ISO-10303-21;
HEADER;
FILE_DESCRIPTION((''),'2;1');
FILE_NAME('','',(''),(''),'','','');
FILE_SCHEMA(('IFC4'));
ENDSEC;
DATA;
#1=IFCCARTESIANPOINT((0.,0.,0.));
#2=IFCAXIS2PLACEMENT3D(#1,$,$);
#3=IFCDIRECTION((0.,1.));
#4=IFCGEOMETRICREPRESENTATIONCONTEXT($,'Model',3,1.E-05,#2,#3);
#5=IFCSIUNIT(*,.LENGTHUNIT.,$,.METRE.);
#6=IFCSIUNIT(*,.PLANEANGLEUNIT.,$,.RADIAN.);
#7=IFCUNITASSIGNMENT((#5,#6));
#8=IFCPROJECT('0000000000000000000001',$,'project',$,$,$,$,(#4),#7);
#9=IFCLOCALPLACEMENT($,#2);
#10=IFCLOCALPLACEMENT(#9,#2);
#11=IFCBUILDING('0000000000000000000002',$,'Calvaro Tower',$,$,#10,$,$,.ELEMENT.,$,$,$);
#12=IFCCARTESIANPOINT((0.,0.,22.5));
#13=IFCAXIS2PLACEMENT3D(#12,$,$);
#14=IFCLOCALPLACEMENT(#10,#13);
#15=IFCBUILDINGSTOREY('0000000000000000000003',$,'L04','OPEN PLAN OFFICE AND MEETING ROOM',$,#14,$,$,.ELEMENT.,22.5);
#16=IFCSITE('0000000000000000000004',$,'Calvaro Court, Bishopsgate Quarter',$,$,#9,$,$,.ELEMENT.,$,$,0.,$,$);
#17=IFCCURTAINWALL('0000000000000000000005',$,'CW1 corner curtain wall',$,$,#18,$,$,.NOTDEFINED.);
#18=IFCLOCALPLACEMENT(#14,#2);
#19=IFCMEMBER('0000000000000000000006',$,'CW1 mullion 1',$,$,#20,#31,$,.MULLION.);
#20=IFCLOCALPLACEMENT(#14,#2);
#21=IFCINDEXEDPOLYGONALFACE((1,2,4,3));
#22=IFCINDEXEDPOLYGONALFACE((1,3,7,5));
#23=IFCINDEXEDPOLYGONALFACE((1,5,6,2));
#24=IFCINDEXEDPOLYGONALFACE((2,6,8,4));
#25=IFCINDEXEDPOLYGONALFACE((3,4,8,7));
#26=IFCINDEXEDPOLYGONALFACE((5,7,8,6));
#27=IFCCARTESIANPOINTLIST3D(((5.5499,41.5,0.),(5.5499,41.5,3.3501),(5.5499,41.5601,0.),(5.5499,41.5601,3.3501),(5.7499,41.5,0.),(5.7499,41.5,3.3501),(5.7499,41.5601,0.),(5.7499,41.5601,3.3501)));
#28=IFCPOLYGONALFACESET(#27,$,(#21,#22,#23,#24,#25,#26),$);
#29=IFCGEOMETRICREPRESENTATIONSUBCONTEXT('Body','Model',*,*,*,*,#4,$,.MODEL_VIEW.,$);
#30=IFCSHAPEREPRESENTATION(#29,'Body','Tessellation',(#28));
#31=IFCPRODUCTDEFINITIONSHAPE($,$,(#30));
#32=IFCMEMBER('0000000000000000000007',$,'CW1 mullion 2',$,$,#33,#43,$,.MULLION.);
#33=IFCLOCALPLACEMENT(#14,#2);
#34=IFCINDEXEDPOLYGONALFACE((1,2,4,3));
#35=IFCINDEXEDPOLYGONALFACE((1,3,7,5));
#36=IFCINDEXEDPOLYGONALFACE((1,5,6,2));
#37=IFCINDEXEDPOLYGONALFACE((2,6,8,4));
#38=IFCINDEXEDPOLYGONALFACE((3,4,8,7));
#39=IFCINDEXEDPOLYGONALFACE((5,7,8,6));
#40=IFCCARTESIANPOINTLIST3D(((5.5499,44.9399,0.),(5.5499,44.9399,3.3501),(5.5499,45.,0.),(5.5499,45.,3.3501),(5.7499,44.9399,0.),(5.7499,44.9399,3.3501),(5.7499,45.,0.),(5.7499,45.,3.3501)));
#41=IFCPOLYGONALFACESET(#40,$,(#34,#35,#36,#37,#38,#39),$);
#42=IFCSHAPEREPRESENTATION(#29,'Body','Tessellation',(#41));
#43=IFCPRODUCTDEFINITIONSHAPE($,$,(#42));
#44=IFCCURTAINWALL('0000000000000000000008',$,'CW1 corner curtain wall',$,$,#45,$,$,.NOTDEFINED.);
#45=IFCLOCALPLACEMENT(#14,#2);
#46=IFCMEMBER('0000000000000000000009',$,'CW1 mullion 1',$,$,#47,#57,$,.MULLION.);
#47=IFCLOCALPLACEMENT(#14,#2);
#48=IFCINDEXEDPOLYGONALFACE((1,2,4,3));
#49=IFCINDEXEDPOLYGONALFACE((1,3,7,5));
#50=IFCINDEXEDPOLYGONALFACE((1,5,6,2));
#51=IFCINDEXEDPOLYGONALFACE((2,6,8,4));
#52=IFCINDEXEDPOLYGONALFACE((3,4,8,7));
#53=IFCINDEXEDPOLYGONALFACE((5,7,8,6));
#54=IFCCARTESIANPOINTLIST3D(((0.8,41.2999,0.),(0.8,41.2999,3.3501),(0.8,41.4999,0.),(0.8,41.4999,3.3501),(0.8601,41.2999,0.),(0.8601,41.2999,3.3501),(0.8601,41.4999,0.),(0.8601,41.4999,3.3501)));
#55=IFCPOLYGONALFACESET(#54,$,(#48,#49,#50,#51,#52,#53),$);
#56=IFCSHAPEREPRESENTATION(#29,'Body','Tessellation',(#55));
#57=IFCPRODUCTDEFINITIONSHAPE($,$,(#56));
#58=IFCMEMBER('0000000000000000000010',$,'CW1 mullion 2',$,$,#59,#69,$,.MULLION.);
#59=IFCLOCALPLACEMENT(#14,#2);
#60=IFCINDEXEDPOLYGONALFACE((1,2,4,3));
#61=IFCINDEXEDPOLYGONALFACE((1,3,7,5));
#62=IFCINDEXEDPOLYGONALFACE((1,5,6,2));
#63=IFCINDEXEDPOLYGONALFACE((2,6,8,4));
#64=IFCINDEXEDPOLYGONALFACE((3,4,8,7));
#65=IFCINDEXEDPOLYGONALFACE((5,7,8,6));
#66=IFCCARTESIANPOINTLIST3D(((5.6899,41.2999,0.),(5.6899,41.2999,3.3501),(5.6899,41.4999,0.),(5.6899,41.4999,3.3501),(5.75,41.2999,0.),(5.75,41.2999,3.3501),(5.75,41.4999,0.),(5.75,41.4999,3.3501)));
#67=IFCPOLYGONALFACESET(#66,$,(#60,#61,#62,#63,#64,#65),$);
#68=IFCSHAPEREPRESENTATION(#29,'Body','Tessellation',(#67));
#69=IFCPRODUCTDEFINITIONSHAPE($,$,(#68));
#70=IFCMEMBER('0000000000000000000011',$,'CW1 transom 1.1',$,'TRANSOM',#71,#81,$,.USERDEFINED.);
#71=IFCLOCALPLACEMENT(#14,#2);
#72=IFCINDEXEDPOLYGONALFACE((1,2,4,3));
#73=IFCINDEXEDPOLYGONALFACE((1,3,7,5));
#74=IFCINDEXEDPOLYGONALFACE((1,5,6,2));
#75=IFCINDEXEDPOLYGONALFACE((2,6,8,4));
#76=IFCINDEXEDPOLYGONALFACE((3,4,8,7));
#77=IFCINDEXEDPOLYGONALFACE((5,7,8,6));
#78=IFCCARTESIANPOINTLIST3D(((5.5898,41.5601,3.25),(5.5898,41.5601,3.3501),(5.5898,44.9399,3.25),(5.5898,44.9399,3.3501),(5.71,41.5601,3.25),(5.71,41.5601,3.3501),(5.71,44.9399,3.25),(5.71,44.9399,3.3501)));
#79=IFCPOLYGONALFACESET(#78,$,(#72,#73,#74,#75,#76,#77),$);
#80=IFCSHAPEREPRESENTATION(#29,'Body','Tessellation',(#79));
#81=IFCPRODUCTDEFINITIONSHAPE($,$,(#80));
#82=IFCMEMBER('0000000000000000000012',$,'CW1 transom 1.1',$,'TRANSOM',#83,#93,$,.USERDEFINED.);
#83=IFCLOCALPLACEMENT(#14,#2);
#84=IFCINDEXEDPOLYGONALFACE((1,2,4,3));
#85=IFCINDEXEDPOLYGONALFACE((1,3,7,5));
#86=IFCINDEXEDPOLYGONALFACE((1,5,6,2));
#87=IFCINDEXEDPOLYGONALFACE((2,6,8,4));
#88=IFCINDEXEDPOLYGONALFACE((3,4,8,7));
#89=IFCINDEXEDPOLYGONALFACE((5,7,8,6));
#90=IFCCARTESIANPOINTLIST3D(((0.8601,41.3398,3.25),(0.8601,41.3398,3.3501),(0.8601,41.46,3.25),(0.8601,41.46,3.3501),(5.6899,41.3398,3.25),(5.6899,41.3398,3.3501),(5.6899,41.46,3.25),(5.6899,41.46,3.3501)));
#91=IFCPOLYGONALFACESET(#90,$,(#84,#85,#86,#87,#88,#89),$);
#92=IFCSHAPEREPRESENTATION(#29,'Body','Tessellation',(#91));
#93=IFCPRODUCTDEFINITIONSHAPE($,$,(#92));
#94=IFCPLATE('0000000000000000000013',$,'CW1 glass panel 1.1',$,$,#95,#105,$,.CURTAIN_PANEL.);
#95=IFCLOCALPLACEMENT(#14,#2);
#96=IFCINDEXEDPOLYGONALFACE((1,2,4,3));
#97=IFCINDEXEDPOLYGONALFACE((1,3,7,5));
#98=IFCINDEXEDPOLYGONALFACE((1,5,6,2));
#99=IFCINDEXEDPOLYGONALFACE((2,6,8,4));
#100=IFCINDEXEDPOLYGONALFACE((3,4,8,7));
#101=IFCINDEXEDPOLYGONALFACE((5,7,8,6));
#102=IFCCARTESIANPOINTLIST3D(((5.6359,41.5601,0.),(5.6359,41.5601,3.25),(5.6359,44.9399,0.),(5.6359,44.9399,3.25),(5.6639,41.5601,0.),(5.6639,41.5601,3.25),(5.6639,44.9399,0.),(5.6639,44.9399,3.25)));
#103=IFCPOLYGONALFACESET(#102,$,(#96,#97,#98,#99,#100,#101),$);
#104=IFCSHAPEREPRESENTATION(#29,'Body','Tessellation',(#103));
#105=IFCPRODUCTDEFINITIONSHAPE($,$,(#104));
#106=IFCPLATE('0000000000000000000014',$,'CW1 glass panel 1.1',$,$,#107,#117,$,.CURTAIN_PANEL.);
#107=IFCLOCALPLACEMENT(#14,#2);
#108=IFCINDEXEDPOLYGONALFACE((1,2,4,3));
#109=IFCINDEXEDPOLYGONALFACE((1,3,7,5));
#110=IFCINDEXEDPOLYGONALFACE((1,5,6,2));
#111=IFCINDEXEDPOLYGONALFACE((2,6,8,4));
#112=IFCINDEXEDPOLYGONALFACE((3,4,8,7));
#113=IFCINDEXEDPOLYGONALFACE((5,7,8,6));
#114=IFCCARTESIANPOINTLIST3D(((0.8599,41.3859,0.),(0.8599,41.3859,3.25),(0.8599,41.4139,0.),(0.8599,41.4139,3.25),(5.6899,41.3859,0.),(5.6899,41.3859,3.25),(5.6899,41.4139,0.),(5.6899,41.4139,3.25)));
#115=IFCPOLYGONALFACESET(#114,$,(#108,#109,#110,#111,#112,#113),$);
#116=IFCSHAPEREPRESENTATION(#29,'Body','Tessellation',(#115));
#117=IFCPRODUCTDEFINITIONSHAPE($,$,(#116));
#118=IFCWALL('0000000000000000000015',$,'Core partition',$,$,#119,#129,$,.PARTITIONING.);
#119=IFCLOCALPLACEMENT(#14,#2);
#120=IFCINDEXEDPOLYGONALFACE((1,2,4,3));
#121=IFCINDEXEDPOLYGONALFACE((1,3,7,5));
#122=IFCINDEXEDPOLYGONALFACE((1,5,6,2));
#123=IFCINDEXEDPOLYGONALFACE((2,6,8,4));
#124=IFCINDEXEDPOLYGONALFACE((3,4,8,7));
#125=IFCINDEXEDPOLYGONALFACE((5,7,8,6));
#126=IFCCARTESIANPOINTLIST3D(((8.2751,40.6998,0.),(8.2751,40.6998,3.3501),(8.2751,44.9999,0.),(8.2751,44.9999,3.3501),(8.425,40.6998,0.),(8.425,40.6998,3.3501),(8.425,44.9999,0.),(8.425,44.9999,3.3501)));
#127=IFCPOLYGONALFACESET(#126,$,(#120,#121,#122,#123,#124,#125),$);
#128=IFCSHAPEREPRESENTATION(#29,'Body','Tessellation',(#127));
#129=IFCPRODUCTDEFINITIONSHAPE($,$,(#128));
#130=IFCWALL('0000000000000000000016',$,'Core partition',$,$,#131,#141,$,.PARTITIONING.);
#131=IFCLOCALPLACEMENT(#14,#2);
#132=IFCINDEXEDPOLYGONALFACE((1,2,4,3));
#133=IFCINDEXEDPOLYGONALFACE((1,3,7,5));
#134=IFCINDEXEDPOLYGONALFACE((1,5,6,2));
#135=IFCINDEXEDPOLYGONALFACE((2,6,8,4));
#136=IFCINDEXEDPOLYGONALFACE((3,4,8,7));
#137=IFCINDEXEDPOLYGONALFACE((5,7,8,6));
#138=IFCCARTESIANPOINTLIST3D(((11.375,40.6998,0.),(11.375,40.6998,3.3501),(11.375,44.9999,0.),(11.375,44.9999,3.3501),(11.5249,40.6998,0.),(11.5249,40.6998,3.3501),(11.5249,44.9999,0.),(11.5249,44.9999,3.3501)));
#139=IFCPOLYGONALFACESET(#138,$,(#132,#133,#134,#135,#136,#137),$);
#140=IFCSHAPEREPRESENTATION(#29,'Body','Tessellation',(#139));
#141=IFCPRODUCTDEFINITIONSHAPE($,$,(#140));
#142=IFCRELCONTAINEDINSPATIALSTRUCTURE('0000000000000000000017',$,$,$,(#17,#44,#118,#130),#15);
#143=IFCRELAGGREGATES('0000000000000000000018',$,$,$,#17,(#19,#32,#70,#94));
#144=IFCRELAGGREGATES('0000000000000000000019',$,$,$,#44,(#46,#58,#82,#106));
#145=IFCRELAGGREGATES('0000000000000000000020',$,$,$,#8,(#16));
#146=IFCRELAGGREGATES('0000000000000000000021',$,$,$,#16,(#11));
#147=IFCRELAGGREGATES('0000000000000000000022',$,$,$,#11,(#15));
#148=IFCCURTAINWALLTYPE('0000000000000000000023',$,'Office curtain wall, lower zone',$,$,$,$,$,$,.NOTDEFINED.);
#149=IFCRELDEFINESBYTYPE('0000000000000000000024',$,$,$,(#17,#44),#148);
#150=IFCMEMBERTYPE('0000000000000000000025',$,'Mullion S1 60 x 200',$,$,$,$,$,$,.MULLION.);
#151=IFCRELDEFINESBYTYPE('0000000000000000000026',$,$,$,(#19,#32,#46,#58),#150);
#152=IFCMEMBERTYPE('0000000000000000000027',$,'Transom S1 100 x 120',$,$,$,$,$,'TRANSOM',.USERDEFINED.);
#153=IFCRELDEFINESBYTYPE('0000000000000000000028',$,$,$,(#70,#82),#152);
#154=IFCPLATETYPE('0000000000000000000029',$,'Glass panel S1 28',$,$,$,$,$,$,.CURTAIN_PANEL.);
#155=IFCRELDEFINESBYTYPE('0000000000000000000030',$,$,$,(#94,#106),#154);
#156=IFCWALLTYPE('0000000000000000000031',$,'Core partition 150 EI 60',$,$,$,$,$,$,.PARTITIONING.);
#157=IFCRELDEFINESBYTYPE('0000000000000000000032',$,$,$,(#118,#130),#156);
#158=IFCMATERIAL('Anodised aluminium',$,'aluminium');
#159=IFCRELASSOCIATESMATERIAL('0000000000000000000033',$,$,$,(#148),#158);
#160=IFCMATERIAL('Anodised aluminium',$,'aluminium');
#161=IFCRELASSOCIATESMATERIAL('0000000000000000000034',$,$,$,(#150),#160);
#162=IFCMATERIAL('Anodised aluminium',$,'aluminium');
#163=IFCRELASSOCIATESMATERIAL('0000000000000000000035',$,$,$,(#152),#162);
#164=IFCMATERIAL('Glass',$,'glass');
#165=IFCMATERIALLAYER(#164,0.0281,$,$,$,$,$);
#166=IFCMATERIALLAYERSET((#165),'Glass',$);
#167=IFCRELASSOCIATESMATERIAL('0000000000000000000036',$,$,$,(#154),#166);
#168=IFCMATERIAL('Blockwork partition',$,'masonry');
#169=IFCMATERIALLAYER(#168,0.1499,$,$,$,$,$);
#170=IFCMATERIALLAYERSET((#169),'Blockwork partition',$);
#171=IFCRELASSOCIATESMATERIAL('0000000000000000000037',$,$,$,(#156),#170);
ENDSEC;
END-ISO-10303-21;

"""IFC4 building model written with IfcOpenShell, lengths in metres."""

from ifc_helpers import new_model, si_unit, direction, frame, frame_2d, origin, origin_2d, place, context, subcontext, project, spatial, rectangle, extrude, material, layer, layer_set, material_profile, profile_set, type_object, element, aggregate, save


model = new_model("IFC4")

# Units and contexts
model_context = context("Model", 3, precision=1e-05, world=origin(), true_north=direction((0.0, 1.0)))
body_context = subcontext(model_context, "Body", "Model", "MODEL_VIEW")
ifc_project = project(units=[si_unit("LENGTHUNIT", "METRE"), si_unit("PLANEANGLEUNIT", "RADIAN")], contexts=[model_context])

# Site, building, storey
site_placement = place(None, origin())
site = spatial("IfcSite", under=ifc_project, at=site_placement, Name="Calvaro Court, Bishopsgate Quarter", CompositionType="ELEMENT", RefElevation=0.0)
building_placement = place(site_placement, origin())
building = spatial("IfcBuilding", under=site, at=building_placement, Name="Calvaro Tower", CompositionType="ELEMENT")
storey_placement = place(building_placement, frame((0.0, 0.0, 22.5)))
storey = spatial("IfcBuildingStorey", under=building, at=storey_placement, Name="L04", Description="OPEN PLAN OFFICE AND MEETING ROOM", CompositionType="ELEMENT", Elevation=22.5)

# Curtain walls, members
ifc_material_1 = material(Name="Anodised aluminium", Category="aluminium")
curtain_wall_type = type_object("IfcCurtainWallType", Name="Office curtain wall, lower zone", PredefinedType="NOTDEFINED", material=ifc_material_1)
curtain_wall_1_placement = place(storey_placement, origin())
curtain_wall_1 = element("IfcCurtainWall", 1, at=curtain_wall_1_placement, inside=storey, type_object=curtain_wall_type, Name="CW1 corner curtain wall", PredefinedType="NOTDEFINED")
ifc_material_2 = material(Name="Anodised aluminium", Category="aluminium")
ifc_material_profile_1 = material_profile(ifc_material_2, rectangle(XDim=0.2, YDim=0.0601, at=origin_2d()), Name="Mullion S1 60 x 200")
ifc_profile_set_1 = profile_set([ifc_material_profile_1], Name="Anodised aluminium")
member_type_1 = type_object("IfcMemberType", Name="Mullion S1 60 x 200", PredefinedType="MULLION", material=ifc_profile_set_1)
member_1_placement = place(storey_placement, frame((5.6499, 41.53, 0.0), z_axis=(0.0, 0.0, 1.0), x_axis=(-1.0, 0.0, 0.0)))
member_1 = element("IfcMember", 2, at=member_1_placement, type_object=member_type_1, Name="CW1 mullion 1", PredefinedType="MULLION", context=body_context, shape_type="SweptSolid", body=[
    extrude(rectangle(XDim=0.2, YDim=0.0601, at=origin_2d()), origin(), (0.0, 0.0, 1.0), 3.3501),
])
member_2_placement = place(storey_placement, frame((5.6499, 44.97, 0.0), z_axis=(0.0, 0.0, 1.0), x_axis=(-1.0, 0.0, 0.0)))
member_2 = element("IfcMember", 3, at=member_2_placement, type_object=member_type_1, Name="CW1 mullion 2", PredefinedType="MULLION", context=body_context, shape_type="SweptSolid", body=[
    extrude(rectangle(XDim=0.2, YDim=0.0601, at=origin_2d()), origin(), (0.0, 0.0, 1.0), 3.3501),
])
curtain_wall_2_placement = place(storey_placement, origin())
curtain_wall_2 = element("IfcCurtainWall", 4, at=curtain_wall_2_placement, inside=storey, type_object=curtain_wall_type, Name="CW1 corner curtain wall", PredefinedType="NOTDEFINED")
member_3_placement = place(storey_placement, frame((0.8301, 41.3999, 0.0), z_axis=(0.0, 0.0, 1.0), x_axis=(0.0, 1.0, 0.0)))
member_3 = element("IfcMember", 5, at=member_3_placement, type_object=member_type_1, Name="CW1 mullion 1", PredefinedType="MULLION", context=body_context, shape_type="SweptSolid", body=[
    extrude(rectangle(XDim=0.2, YDim=0.0601, at=origin_2d()), origin(), (0.0, 0.0, 1.0), 3.3501),
])
member_4_placement = place(storey_placement, frame((5.72, 41.3999, 0.0), z_axis=(0.0, 0.0, 1.0), x_axis=(0.0, 1.0, 0.0)))
member_4 = element("IfcMember", 6, at=member_4_placement, type_object=member_type_1, Name="CW1 mullion 2", PredefinedType="MULLION", context=body_context, shape_type="SweptSolid", body=[
    extrude(rectangle(XDim=0.2, YDim=0.0601, at=origin_2d()), origin(), (0.0, 0.0, 1.0), 3.3501),
])

# Members
ifc_material_3 = material(Name="Anodised aluminium", Category="aluminium")
ifc_material_profile_2 = material_profile(ifc_material_3, rectangle(XDim=0.1201, YDim=0.1001, at=origin_2d()), Name="Transom S1 100 x 120")
ifc_profile_set_2 = profile_set([ifc_material_profile_2], Name="Anodised aluminium")
member_type_2 = type_object("IfcMemberType", Name="Transom S1 100 x 120", ElementType="TRANSOM", PredefinedType="USERDEFINED", material=ifc_profile_set_2)
member_5_placement = place(storey_placement, frame((5.6499, 41.5601, 3.3), z_axis=(0.0, 1.0, 0.0), x_axis=(-1.0, 0.0, 0.0)))
member_5 = element("IfcMember", 7, at=member_5_placement, type_object=member_type_2, Name="CW1 transom 1.1", ObjectType="TRANSOM", PredefinedType="USERDEFINED", context=body_context, shape_type="SweptSolid", body=[
    extrude(rectangle(XDim=0.1201, YDim=0.1001, at=origin_2d()), origin(), (0.0, 0.0, 1.0), 3.3799),
])
member_6_placement = place(storey_placement, frame((0.8601, 41.3999, 3.3), z_axis=(1.0, 0.0, 0.0), x_axis=(0.0, 1.0, 0.0)))
member_6 = element("IfcMember", 8, at=member_6_placement, type_object=member_type_2, Name="CW1 transom 1.1", ObjectType="TRANSOM", PredefinedType="USERDEFINED", context=body_context, shape_type="SweptSolid", body=[
    extrude(rectangle(XDim=0.1201, YDim=0.1001, at=origin_2d()), origin(), (0.0, 0.0, 1.0), 4.8298),
])

# Plates
ifc_material_4 = material(Name="Glass", Category="glass")
ifc_layer_1 = layer(ifc_material_4, 0.0281)
ifc_layer_set_1 = layer_set([ifc_layer_1], Name="Glass")
plate_type = type_object("IfcPlateType", Name="Glass panel S1 28", PredefinedType="CURTAIN_PANEL", material=ifc_layer_set_1)
plate_1_placement = place(storey_placement, frame((5.6499, 43.25, 0.0), z_axis=(0.0, 0.0, 1.0), x_axis=(0.0, 1.0, 0.0)))
plate_1 = element("IfcPlate", 9, at=plate_1_placement, type_object=plate_type, Name="CW1 glass panel 1.1", PredefinedType="CURTAIN_PANEL", context=body_context, shape_type="SweptSolid", body=[
    extrude(rectangle(XDim=3.3799, YDim=0.0281, at=origin_2d()), origin(), (0.0, 0.0, 1.0), 3.25),
])
aggregate(curtain_wall_1, [member_1, member_2, member_5, plate_1])
plate_2_placement = place(storey_placement, frame((3.2749, 41.3999, 0.0), z_axis=(0.0, 0.0, 1.0), x_axis=(1.0, 0.0, 0.0)))
plate_2 = element("IfcPlate", 10, at=plate_2_placement, type_object=plate_type, Name="CW1 glass panel 1.1", PredefinedType="CURTAIN_PANEL", context=body_context, shape_type="SweptSolid", body=[
    extrude(rectangle(XDim=4.8301, YDim=0.0281, at=origin_2d()), origin(), (0.0, 0.0, 1.0), 3.25),
])
aggregate(curtain_wall_2, [member_3, member_4, member_6, plate_2])

# Walls
ifc_material_5 = material(Name="Blockwork partition", Category="masonry")
ifc_layer_2 = layer(ifc_material_5, 0.1499)
ifc_layer_set_2 = layer_set([ifc_layer_2], Name="Blockwork partition")
wall_type_1 = type_object("IfcWallType", Name="Core partition 150 EI 60", PredefinedType="PARTITIONING", material=ifc_layer_set_2)
for number, where, z_axis, x_axis, name in (
    (11, (8.3501, 40.7, 0.0), (0.0, 0.0, 1.0), (0.0, 1.0, 0.0), "Core partition"),
    (12, (11.45, 40.7, 0.0), (0.0, 0.0, 1.0), (0.0, 1.0, 0.0), "Core partition"),
):
    element("IfcWall", number, at=place(storey_placement, frame(where, z_axis=z_axis, x_axis=x_axis)), inside=storey, type_object=wall_type_1, Name=name, PredefinedType="PARTITIONING", context=body_context, shape_type="SweptSolid", body=[
        extrude(rectangle(XDim=4.3, YDim=0.1499, at=frame_2d((2.1499, 0.0))), origin(), (0.0, 0.0, 1.0), 3.3501),
    ])

save(model, "model.ifc")
